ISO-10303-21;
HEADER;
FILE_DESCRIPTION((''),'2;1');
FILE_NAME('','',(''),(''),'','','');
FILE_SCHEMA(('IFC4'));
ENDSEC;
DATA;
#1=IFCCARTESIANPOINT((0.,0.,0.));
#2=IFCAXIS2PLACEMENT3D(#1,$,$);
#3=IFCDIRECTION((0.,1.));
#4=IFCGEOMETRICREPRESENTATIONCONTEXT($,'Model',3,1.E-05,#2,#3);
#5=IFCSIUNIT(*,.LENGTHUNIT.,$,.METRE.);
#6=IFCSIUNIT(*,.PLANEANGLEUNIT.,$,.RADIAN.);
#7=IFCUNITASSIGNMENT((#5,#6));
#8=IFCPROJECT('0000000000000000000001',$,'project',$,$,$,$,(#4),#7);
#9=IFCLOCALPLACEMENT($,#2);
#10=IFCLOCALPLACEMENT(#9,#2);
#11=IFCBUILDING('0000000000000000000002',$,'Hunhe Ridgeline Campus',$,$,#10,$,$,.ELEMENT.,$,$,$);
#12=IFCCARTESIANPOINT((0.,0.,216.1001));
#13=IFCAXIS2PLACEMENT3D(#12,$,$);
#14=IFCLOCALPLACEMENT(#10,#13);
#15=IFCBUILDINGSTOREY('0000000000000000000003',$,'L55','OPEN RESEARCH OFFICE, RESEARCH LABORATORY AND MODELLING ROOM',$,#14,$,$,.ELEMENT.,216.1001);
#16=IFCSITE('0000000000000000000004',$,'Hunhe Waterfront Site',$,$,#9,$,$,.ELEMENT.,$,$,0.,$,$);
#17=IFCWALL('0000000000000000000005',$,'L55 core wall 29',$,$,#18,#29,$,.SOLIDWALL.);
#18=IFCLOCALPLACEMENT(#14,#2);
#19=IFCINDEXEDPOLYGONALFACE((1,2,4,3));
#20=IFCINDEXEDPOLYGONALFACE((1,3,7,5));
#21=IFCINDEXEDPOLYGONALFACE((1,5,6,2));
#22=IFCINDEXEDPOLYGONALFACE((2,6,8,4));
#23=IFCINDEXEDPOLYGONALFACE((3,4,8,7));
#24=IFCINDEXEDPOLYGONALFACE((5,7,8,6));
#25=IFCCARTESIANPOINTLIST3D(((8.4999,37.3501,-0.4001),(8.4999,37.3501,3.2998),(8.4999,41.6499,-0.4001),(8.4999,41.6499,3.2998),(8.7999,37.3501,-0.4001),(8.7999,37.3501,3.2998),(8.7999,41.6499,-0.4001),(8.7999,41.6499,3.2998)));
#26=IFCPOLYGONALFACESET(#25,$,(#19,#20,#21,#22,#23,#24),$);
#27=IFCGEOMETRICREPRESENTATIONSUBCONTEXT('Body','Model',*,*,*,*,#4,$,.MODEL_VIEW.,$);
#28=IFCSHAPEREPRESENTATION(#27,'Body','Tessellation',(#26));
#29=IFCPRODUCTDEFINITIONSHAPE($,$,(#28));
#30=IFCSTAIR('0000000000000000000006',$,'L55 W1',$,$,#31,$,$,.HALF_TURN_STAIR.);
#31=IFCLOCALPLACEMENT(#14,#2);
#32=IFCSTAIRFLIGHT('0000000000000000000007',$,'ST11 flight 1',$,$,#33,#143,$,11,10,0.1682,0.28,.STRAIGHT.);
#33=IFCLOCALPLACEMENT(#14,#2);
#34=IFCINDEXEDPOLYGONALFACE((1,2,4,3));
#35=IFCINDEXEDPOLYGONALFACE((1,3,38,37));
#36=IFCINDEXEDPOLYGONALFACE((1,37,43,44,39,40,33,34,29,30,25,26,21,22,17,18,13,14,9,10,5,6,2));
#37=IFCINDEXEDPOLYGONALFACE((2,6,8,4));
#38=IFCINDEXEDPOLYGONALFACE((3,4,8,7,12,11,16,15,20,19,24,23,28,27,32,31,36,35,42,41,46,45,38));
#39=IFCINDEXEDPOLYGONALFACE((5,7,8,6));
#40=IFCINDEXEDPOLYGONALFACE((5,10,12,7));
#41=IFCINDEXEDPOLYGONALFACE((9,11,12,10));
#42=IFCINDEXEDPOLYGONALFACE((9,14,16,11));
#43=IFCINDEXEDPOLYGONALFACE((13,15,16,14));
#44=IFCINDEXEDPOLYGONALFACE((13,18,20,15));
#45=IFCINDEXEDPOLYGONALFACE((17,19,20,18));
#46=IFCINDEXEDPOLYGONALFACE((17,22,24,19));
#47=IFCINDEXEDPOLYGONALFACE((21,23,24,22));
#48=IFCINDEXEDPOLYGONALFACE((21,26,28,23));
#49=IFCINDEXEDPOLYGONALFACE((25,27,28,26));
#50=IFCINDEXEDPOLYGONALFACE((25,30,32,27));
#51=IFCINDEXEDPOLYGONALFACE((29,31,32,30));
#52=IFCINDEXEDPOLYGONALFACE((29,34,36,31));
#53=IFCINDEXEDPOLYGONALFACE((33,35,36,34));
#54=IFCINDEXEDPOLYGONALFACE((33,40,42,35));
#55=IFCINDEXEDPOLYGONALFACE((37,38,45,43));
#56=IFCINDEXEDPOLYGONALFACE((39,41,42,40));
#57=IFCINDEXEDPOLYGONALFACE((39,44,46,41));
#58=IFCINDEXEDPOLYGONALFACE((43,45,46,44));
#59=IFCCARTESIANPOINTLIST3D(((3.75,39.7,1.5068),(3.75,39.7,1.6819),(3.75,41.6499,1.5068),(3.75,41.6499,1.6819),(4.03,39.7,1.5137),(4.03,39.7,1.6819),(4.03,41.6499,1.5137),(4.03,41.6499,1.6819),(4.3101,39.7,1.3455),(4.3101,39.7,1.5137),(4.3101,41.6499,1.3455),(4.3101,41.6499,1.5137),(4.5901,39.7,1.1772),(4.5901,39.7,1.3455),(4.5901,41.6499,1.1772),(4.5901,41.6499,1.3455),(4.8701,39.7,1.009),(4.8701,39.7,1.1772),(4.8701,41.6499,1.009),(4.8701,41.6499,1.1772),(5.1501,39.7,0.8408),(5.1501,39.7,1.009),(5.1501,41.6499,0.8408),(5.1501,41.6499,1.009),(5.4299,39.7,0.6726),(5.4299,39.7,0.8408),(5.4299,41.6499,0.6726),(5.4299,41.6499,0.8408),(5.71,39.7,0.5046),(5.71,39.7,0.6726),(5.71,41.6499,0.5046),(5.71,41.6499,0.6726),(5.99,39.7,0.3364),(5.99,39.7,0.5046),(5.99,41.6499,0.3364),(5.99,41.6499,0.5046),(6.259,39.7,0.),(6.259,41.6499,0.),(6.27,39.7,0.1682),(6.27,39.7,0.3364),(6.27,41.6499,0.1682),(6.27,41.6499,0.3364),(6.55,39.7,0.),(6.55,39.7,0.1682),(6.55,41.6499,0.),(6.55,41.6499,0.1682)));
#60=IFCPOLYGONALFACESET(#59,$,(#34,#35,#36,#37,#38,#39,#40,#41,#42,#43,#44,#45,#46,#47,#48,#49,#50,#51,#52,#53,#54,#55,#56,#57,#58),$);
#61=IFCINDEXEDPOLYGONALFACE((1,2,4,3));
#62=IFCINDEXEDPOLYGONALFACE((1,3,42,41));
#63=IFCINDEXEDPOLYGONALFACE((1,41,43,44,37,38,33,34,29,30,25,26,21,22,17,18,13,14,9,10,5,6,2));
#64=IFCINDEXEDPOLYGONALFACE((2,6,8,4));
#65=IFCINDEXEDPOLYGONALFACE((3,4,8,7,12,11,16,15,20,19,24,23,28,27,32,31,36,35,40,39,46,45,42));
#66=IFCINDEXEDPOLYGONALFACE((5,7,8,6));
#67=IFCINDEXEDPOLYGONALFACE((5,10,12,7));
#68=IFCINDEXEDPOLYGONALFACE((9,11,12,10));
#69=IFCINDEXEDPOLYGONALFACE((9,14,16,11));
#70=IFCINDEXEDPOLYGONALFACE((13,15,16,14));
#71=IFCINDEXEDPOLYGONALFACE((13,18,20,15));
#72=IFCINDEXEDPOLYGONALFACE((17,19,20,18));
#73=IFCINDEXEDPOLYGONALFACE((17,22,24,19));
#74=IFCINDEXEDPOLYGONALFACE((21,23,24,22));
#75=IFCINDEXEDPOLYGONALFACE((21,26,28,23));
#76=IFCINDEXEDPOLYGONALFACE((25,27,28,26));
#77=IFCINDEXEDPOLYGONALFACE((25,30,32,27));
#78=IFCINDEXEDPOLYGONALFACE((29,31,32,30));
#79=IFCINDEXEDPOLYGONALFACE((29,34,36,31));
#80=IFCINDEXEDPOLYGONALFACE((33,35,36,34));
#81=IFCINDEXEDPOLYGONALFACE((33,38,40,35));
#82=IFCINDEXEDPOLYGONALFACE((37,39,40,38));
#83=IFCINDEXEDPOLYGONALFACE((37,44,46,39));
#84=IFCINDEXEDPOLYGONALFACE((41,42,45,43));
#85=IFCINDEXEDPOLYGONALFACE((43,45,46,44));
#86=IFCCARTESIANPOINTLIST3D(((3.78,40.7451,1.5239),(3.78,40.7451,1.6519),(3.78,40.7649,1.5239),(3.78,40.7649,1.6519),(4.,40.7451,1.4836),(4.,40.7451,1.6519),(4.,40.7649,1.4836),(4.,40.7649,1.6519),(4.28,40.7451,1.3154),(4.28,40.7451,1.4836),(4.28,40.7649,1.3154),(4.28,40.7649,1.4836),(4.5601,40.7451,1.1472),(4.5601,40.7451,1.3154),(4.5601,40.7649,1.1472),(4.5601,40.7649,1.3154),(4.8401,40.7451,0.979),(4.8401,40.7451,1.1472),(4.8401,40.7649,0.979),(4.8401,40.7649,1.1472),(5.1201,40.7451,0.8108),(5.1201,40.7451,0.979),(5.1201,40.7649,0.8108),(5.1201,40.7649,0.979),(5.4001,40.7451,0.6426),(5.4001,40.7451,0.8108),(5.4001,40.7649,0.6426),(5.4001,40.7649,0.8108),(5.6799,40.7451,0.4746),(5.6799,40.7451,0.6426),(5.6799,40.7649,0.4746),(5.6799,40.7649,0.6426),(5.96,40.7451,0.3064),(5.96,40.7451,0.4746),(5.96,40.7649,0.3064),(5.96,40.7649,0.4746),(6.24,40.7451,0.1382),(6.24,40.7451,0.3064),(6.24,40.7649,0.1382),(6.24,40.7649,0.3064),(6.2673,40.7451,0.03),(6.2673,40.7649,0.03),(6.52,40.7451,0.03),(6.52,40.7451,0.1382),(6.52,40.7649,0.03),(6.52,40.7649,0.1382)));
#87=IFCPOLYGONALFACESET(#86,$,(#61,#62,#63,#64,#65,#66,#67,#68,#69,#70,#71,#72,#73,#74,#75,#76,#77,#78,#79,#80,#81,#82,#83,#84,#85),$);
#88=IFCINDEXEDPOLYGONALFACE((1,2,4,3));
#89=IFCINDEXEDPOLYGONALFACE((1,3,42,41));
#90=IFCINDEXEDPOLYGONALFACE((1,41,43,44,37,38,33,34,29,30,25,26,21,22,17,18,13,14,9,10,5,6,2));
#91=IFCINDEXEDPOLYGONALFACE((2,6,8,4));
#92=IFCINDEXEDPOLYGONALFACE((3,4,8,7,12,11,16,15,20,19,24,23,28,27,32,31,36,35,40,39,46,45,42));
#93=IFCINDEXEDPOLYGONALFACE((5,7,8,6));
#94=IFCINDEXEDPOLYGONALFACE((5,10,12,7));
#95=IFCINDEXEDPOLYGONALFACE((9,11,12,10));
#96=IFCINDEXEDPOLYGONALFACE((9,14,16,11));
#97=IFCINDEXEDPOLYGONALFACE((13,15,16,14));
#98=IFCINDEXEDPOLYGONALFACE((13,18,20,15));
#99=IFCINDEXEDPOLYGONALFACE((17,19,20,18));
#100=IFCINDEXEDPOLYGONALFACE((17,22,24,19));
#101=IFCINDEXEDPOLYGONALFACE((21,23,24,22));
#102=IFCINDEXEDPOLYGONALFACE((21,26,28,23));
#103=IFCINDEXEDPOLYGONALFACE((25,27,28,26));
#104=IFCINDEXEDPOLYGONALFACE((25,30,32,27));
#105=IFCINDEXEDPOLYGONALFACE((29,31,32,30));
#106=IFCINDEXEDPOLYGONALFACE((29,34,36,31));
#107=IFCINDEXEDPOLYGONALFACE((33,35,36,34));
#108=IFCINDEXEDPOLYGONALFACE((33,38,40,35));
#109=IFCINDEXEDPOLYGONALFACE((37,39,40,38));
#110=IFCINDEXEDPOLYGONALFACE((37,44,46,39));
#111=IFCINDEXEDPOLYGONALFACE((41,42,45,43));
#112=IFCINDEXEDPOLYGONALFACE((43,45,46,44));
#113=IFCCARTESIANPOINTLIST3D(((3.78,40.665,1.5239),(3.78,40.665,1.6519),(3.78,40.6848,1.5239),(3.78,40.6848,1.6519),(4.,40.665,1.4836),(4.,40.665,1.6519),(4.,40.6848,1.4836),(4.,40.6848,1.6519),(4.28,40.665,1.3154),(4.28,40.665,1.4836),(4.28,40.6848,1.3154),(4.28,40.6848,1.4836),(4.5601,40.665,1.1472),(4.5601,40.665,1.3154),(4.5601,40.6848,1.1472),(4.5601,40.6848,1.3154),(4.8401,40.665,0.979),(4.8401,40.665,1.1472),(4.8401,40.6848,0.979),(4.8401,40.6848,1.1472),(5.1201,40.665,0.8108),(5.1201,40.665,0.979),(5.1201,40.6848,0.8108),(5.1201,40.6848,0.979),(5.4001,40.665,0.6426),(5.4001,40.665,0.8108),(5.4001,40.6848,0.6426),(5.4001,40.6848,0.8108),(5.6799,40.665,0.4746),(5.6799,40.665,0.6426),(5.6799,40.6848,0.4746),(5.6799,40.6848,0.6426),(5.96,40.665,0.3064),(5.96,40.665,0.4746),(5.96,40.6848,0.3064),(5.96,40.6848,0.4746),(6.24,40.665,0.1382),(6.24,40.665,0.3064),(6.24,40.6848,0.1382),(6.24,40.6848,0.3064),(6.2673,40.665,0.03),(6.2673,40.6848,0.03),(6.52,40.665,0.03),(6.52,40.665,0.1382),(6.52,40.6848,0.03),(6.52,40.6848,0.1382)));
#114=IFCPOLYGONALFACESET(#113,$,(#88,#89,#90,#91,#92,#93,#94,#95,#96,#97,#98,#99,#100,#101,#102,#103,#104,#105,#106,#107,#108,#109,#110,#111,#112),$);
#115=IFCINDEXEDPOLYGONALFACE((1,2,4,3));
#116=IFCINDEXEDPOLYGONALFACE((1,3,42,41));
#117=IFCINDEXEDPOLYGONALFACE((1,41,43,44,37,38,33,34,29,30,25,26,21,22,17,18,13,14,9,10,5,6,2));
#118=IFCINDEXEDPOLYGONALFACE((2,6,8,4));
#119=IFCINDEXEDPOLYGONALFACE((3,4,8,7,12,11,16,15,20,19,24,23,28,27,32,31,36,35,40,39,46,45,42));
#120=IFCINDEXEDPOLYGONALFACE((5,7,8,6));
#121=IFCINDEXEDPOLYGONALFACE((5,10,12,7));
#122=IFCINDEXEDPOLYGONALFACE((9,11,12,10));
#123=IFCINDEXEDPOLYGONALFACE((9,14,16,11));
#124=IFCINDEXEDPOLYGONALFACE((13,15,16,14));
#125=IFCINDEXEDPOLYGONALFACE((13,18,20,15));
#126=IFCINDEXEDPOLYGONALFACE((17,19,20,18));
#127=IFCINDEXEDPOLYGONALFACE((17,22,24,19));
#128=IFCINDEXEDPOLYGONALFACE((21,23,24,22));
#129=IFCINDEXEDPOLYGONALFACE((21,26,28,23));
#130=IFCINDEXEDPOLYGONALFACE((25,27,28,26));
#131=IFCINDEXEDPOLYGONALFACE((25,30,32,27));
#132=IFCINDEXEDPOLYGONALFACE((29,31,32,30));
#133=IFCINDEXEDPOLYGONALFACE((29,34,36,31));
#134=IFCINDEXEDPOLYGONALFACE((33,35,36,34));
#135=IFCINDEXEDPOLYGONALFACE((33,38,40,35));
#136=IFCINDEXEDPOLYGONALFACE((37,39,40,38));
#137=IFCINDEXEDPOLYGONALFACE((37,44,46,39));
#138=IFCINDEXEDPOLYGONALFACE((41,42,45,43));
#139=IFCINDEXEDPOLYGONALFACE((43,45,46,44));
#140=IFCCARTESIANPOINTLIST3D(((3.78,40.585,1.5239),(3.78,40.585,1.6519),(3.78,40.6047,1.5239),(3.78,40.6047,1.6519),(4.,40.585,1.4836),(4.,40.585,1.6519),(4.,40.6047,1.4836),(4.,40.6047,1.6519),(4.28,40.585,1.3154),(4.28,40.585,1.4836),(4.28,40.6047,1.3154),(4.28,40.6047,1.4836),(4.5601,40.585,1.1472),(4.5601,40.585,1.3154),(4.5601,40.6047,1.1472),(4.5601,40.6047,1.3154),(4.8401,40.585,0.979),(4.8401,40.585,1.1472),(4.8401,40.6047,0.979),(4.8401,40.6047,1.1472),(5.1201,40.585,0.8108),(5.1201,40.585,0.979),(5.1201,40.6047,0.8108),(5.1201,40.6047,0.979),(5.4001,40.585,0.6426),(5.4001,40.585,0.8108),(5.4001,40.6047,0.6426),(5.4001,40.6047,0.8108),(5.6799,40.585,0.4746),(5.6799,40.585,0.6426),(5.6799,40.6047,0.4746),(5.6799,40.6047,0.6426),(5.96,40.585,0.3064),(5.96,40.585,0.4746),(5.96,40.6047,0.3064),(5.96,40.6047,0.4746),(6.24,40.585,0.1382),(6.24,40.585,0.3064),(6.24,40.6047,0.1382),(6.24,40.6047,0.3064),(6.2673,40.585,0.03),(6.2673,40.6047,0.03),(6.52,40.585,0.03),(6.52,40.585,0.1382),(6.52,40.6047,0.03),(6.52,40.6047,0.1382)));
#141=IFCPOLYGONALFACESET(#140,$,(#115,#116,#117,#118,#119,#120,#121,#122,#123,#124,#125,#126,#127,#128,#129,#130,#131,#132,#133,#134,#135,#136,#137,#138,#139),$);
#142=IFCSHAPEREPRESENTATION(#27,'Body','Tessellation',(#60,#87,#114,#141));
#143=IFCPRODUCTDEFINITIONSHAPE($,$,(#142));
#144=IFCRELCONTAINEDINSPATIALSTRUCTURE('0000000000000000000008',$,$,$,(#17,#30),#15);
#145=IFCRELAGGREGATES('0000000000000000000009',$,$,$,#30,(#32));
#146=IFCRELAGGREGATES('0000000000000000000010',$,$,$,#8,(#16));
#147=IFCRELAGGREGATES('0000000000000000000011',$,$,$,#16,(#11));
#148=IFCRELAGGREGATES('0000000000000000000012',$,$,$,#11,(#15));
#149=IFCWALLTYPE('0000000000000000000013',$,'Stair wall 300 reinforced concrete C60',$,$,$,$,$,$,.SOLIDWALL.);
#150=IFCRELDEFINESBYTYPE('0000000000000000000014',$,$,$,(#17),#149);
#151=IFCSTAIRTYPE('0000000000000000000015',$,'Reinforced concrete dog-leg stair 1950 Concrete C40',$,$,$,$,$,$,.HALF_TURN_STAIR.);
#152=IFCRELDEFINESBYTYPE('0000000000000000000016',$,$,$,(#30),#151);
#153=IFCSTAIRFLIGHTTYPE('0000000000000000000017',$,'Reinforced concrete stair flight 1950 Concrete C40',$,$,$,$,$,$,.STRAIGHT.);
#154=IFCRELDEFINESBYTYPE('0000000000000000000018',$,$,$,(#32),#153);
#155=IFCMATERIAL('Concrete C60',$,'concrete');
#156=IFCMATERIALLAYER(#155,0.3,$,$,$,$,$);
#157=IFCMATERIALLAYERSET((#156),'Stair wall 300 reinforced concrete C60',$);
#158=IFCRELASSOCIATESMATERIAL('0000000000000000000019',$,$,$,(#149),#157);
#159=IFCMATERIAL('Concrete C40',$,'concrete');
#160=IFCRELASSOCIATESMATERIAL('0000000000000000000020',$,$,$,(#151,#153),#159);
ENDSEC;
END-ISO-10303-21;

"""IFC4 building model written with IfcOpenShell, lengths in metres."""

from ifc_helpers import new_model, si_unit, direction, frame, frame_2d, origin, place, context, subcontext, project, spatial, polyline, rectangle, outline, extrude, material, layer, layer_set, type_object, element, aggregate, save


model = new_model("IFC4")

# Units and contexts
model_context = context("Model", 3, precision=1e-05, world=origin(), true_north=direction((0.0, 1.0)))
body_context = subcontext(model_context, "Body", "Model", "MODEL_VIEW")
ifc_project = project(units=[si_unit("LENGTHUNIT", "METRE"), si_unit("PLANEANGLEUNIT", "RADIAN")], contexts=[model_context])

# Site, building, storey
site_placement = place(None, origin())
site = spatial("IfcSite", under=ifc_project, at=site_placement, Name="Hunhe Waterfront Site", CompositionType="ELEMENT", RefElevation=0.0)
building_placement = place(site_placement, origin())
building = spatial("IfcBuilding", under=site, at=building_placement, Name="Hunhe Ridgeline Campus", CompositionType="ELEMENT")
storey_placement = place(building_placement, frame((0.0, 0.0, 216.1001)))
storey = spatial("IfcBuildingStorey", under=building, at=storey_placement, Name="L55", Description="OPEN RESEARCH OFFICE, RESEARCH LABORATORY AND MODELLING ROOM", CompositionType="ELEMENT", Elevation=216.1001)

# Shared definitions
ifc_material_1 = material(Name="Concrete C60", Category="concrete")

# Shared definitions
ifc_layer_1 = layer(ifc_material_1, 0.3)
ifc_layer_set_1 = layer_set([ifc_layer_1], Name="Stair wall 300 reinforced concrete C60")
wall_type_1 = type_object("IfcWallType", Name="Stair wall 300 reinforced concrete C60", PredefinedType="SOLIDWALL", material=ifc_layer_set_1)

# Wall
wall_1_placement = place(storey_placement, frame((8.6499, 37.3501, -0.4001), z_axis=(0.0, 0.0, 1.0), x_axis=(0.0, 1.0, 0.0)))
element("IfcWall", 1, at=wall_1_placement, inside=storey, type_object=wall_type_1, Name="L55 core wall 29", PredefinedType="SOLIDWALL", context=body_context, shape_type="SweptSolid", body=[
    extrude(rectangle(XDim=4.2998, YDim=0.3, at=frame_2d((2.1499, 0.0))), origin(), (0.0, 0.0, 1.0), 3.7),
])

# Stair, stair flight
ifc_material_2 = material(Name="Concrete C40", Category="concrete")
stair_type = type_object("IfcStairType", Name="Reinforced concrete dog-leg stair 1950 Concrete C40", PredefinedType="HALF_TURN_STAIR", material=ifc_material_2)
stair_placement = place(storey_placement, origin())
stair = element("IfcStair", 2, at=stair_placement, inside=storey, type_object=stair_type, Name="L55 W1", PredefinedType="HALF_TURN_STAIR")
stair_flight_type = type_object("IfcStairFlightType", Name="Reinforced concrete stair flight 1950 Concrete C40", PredefinedType="STRAIGHT", material=ifc_material_2)
stair_flight_1_placement = place(storey_placement, frame((6.55, 40.675, 0.0), z_axis=(0.0, 0.0, 1.0), x_axis=(-1.0, 0.0, 0.0)))
stair_flight_1 = element("IfcStairFlight", 3, at=stair_flight_1_placement, type_object=stair_flight_type, Name="ST11 flight 1", NumberOfRisers=11, NumberOfTreads=10, PredefinedType="STRAIGHT", RiserHeight=0.1682, TreadLength=0.28, context=body_context, shape_type="SweptSolid", body=[
    extrude(outline(polyline([(0.0, 0.0), (0.0, 0.1682), (0.28, 0.1682), (0.28, 0.3364), (0.5601, 0.3364), (0.5601, 0.5046), (0.8401, 0.5046), (0.8401, 0.6726), (1.1201, 0.6726), (1.1201, 0.8408), (1.3999, 0.8408), (1.3999, 1.009), (1.6799, 1.009), (1.6799, 1.1772), (1.96, 1.1772), (1.96, 1.3455), (2.24, 1.3455), (2.24, 1.5137), (2.52, 1.5137), (2.52, 1.6819), (2.8, 1.6819), (2.8, 1.8501), (2.8, 1.5068), (0.291, 0.0), (0.0, 0.0)])), frame((0.0, 0.9751, 0.0), z_axis=(0.0, -1.0, 0.0), x_axis=(1.0, 0.0, 0.0)), (0.0, 0.0, 1.0), 1.95),
    extrude(outline(polyline([(0.03, 0.03), (0.03, 0.1382), (0.3101, 0.1382), (0.3101, 0.3064), (0.5901, 0.3064), (0.5901, 0.4746), (0.8701, 0.4746), (0.8701, 0.6426), (1.1499, 0.6426), (1.1499, 0.8108), (1.4299, 0.8108), (1.4299, 0.979), (1.71, 0.979), (1.71, 1.1472), (1.99, 1.1472), (1.99, 1.3154), (2.27, 1.3154), (2.27, 1.4836), (2.55, 1.4836), (2.55, 1.6519), (2.77, 1.6519), (2.77, 1.5239), (0.2827, 0.03), (0.03, 0.03)])), frame((0.0, -0.0701, 0.0), z_axis=(0.0, -1.0, 0.0), x_axis=(1.0, 0.0, 0.0)), (0.0, 0.0, 1.0), 0.0198),
    extrude(outline(polyline([(0.03, 0.03), (0.03, 0.1382), (0.3101, 0.1382), (0.3101, 0.3064), (0.5901, 0.3064), (0.5901, 0.4746), (0.8701, 0.4746), (0.8701, 0.6426), (1.1499, 0.6426), (1.1499, 0.8108), (1.4299, 0.8108), (1.4299, 0.979), (1.71, 0.979), (1.71, 1.1472), (1.99, 1.1472), (1.99, 1.3154), (2.27, 1.3154), (2.27, 1.4836), (2.55, 1.4836), (2.55, 1.6519), (2.77, 1.6519), (2.77, 1.5239), (0.2827, 0.03), (0.03, 0.03)])), frame((0.0, 0.01, 0.0), z_axis=(0.0, -1.0, 0.0), x_axis=(1.0, 0.0, 0.0)), (0.0, 0.0, 1.0), 0.0198),
    extrude(outline(polyline([(0.03, 0.03), (0.03, 0.1382), (0.3101, 0.1382), (0.3101, 0.3064), (0.5901, 0.3064), (0.5901, 0.4746), (0.8701, 0.4746), (0.8701, 0.6426), (1.1499, 0.6426), (1.1499, 0.8108), (1.4299, 0.8108), (1.4299, 0.979), (1.71, 0.979), (1.71, 1.1472), (1.99, 1.1472), (1.99, 1.3154), (2.27, 1.3154), (2.27, 1.4836), (2.55, 1.4836), (2.55, 1.6519), (2.77, 1.6519), (2.77, 1.5239), (0.2827, 0.03), (0.03, 0.03)])), frame((0.0, 0.0901, 0.0), z_axis=(0.0, -1.0, 0.0), x_axis=(1.0, 0.0, 0.0)), (0.0, 0.0, 1.0), 0.0198),
])
aggregate(stair, [stair_flight_1])

save(model, "model.ifc")
